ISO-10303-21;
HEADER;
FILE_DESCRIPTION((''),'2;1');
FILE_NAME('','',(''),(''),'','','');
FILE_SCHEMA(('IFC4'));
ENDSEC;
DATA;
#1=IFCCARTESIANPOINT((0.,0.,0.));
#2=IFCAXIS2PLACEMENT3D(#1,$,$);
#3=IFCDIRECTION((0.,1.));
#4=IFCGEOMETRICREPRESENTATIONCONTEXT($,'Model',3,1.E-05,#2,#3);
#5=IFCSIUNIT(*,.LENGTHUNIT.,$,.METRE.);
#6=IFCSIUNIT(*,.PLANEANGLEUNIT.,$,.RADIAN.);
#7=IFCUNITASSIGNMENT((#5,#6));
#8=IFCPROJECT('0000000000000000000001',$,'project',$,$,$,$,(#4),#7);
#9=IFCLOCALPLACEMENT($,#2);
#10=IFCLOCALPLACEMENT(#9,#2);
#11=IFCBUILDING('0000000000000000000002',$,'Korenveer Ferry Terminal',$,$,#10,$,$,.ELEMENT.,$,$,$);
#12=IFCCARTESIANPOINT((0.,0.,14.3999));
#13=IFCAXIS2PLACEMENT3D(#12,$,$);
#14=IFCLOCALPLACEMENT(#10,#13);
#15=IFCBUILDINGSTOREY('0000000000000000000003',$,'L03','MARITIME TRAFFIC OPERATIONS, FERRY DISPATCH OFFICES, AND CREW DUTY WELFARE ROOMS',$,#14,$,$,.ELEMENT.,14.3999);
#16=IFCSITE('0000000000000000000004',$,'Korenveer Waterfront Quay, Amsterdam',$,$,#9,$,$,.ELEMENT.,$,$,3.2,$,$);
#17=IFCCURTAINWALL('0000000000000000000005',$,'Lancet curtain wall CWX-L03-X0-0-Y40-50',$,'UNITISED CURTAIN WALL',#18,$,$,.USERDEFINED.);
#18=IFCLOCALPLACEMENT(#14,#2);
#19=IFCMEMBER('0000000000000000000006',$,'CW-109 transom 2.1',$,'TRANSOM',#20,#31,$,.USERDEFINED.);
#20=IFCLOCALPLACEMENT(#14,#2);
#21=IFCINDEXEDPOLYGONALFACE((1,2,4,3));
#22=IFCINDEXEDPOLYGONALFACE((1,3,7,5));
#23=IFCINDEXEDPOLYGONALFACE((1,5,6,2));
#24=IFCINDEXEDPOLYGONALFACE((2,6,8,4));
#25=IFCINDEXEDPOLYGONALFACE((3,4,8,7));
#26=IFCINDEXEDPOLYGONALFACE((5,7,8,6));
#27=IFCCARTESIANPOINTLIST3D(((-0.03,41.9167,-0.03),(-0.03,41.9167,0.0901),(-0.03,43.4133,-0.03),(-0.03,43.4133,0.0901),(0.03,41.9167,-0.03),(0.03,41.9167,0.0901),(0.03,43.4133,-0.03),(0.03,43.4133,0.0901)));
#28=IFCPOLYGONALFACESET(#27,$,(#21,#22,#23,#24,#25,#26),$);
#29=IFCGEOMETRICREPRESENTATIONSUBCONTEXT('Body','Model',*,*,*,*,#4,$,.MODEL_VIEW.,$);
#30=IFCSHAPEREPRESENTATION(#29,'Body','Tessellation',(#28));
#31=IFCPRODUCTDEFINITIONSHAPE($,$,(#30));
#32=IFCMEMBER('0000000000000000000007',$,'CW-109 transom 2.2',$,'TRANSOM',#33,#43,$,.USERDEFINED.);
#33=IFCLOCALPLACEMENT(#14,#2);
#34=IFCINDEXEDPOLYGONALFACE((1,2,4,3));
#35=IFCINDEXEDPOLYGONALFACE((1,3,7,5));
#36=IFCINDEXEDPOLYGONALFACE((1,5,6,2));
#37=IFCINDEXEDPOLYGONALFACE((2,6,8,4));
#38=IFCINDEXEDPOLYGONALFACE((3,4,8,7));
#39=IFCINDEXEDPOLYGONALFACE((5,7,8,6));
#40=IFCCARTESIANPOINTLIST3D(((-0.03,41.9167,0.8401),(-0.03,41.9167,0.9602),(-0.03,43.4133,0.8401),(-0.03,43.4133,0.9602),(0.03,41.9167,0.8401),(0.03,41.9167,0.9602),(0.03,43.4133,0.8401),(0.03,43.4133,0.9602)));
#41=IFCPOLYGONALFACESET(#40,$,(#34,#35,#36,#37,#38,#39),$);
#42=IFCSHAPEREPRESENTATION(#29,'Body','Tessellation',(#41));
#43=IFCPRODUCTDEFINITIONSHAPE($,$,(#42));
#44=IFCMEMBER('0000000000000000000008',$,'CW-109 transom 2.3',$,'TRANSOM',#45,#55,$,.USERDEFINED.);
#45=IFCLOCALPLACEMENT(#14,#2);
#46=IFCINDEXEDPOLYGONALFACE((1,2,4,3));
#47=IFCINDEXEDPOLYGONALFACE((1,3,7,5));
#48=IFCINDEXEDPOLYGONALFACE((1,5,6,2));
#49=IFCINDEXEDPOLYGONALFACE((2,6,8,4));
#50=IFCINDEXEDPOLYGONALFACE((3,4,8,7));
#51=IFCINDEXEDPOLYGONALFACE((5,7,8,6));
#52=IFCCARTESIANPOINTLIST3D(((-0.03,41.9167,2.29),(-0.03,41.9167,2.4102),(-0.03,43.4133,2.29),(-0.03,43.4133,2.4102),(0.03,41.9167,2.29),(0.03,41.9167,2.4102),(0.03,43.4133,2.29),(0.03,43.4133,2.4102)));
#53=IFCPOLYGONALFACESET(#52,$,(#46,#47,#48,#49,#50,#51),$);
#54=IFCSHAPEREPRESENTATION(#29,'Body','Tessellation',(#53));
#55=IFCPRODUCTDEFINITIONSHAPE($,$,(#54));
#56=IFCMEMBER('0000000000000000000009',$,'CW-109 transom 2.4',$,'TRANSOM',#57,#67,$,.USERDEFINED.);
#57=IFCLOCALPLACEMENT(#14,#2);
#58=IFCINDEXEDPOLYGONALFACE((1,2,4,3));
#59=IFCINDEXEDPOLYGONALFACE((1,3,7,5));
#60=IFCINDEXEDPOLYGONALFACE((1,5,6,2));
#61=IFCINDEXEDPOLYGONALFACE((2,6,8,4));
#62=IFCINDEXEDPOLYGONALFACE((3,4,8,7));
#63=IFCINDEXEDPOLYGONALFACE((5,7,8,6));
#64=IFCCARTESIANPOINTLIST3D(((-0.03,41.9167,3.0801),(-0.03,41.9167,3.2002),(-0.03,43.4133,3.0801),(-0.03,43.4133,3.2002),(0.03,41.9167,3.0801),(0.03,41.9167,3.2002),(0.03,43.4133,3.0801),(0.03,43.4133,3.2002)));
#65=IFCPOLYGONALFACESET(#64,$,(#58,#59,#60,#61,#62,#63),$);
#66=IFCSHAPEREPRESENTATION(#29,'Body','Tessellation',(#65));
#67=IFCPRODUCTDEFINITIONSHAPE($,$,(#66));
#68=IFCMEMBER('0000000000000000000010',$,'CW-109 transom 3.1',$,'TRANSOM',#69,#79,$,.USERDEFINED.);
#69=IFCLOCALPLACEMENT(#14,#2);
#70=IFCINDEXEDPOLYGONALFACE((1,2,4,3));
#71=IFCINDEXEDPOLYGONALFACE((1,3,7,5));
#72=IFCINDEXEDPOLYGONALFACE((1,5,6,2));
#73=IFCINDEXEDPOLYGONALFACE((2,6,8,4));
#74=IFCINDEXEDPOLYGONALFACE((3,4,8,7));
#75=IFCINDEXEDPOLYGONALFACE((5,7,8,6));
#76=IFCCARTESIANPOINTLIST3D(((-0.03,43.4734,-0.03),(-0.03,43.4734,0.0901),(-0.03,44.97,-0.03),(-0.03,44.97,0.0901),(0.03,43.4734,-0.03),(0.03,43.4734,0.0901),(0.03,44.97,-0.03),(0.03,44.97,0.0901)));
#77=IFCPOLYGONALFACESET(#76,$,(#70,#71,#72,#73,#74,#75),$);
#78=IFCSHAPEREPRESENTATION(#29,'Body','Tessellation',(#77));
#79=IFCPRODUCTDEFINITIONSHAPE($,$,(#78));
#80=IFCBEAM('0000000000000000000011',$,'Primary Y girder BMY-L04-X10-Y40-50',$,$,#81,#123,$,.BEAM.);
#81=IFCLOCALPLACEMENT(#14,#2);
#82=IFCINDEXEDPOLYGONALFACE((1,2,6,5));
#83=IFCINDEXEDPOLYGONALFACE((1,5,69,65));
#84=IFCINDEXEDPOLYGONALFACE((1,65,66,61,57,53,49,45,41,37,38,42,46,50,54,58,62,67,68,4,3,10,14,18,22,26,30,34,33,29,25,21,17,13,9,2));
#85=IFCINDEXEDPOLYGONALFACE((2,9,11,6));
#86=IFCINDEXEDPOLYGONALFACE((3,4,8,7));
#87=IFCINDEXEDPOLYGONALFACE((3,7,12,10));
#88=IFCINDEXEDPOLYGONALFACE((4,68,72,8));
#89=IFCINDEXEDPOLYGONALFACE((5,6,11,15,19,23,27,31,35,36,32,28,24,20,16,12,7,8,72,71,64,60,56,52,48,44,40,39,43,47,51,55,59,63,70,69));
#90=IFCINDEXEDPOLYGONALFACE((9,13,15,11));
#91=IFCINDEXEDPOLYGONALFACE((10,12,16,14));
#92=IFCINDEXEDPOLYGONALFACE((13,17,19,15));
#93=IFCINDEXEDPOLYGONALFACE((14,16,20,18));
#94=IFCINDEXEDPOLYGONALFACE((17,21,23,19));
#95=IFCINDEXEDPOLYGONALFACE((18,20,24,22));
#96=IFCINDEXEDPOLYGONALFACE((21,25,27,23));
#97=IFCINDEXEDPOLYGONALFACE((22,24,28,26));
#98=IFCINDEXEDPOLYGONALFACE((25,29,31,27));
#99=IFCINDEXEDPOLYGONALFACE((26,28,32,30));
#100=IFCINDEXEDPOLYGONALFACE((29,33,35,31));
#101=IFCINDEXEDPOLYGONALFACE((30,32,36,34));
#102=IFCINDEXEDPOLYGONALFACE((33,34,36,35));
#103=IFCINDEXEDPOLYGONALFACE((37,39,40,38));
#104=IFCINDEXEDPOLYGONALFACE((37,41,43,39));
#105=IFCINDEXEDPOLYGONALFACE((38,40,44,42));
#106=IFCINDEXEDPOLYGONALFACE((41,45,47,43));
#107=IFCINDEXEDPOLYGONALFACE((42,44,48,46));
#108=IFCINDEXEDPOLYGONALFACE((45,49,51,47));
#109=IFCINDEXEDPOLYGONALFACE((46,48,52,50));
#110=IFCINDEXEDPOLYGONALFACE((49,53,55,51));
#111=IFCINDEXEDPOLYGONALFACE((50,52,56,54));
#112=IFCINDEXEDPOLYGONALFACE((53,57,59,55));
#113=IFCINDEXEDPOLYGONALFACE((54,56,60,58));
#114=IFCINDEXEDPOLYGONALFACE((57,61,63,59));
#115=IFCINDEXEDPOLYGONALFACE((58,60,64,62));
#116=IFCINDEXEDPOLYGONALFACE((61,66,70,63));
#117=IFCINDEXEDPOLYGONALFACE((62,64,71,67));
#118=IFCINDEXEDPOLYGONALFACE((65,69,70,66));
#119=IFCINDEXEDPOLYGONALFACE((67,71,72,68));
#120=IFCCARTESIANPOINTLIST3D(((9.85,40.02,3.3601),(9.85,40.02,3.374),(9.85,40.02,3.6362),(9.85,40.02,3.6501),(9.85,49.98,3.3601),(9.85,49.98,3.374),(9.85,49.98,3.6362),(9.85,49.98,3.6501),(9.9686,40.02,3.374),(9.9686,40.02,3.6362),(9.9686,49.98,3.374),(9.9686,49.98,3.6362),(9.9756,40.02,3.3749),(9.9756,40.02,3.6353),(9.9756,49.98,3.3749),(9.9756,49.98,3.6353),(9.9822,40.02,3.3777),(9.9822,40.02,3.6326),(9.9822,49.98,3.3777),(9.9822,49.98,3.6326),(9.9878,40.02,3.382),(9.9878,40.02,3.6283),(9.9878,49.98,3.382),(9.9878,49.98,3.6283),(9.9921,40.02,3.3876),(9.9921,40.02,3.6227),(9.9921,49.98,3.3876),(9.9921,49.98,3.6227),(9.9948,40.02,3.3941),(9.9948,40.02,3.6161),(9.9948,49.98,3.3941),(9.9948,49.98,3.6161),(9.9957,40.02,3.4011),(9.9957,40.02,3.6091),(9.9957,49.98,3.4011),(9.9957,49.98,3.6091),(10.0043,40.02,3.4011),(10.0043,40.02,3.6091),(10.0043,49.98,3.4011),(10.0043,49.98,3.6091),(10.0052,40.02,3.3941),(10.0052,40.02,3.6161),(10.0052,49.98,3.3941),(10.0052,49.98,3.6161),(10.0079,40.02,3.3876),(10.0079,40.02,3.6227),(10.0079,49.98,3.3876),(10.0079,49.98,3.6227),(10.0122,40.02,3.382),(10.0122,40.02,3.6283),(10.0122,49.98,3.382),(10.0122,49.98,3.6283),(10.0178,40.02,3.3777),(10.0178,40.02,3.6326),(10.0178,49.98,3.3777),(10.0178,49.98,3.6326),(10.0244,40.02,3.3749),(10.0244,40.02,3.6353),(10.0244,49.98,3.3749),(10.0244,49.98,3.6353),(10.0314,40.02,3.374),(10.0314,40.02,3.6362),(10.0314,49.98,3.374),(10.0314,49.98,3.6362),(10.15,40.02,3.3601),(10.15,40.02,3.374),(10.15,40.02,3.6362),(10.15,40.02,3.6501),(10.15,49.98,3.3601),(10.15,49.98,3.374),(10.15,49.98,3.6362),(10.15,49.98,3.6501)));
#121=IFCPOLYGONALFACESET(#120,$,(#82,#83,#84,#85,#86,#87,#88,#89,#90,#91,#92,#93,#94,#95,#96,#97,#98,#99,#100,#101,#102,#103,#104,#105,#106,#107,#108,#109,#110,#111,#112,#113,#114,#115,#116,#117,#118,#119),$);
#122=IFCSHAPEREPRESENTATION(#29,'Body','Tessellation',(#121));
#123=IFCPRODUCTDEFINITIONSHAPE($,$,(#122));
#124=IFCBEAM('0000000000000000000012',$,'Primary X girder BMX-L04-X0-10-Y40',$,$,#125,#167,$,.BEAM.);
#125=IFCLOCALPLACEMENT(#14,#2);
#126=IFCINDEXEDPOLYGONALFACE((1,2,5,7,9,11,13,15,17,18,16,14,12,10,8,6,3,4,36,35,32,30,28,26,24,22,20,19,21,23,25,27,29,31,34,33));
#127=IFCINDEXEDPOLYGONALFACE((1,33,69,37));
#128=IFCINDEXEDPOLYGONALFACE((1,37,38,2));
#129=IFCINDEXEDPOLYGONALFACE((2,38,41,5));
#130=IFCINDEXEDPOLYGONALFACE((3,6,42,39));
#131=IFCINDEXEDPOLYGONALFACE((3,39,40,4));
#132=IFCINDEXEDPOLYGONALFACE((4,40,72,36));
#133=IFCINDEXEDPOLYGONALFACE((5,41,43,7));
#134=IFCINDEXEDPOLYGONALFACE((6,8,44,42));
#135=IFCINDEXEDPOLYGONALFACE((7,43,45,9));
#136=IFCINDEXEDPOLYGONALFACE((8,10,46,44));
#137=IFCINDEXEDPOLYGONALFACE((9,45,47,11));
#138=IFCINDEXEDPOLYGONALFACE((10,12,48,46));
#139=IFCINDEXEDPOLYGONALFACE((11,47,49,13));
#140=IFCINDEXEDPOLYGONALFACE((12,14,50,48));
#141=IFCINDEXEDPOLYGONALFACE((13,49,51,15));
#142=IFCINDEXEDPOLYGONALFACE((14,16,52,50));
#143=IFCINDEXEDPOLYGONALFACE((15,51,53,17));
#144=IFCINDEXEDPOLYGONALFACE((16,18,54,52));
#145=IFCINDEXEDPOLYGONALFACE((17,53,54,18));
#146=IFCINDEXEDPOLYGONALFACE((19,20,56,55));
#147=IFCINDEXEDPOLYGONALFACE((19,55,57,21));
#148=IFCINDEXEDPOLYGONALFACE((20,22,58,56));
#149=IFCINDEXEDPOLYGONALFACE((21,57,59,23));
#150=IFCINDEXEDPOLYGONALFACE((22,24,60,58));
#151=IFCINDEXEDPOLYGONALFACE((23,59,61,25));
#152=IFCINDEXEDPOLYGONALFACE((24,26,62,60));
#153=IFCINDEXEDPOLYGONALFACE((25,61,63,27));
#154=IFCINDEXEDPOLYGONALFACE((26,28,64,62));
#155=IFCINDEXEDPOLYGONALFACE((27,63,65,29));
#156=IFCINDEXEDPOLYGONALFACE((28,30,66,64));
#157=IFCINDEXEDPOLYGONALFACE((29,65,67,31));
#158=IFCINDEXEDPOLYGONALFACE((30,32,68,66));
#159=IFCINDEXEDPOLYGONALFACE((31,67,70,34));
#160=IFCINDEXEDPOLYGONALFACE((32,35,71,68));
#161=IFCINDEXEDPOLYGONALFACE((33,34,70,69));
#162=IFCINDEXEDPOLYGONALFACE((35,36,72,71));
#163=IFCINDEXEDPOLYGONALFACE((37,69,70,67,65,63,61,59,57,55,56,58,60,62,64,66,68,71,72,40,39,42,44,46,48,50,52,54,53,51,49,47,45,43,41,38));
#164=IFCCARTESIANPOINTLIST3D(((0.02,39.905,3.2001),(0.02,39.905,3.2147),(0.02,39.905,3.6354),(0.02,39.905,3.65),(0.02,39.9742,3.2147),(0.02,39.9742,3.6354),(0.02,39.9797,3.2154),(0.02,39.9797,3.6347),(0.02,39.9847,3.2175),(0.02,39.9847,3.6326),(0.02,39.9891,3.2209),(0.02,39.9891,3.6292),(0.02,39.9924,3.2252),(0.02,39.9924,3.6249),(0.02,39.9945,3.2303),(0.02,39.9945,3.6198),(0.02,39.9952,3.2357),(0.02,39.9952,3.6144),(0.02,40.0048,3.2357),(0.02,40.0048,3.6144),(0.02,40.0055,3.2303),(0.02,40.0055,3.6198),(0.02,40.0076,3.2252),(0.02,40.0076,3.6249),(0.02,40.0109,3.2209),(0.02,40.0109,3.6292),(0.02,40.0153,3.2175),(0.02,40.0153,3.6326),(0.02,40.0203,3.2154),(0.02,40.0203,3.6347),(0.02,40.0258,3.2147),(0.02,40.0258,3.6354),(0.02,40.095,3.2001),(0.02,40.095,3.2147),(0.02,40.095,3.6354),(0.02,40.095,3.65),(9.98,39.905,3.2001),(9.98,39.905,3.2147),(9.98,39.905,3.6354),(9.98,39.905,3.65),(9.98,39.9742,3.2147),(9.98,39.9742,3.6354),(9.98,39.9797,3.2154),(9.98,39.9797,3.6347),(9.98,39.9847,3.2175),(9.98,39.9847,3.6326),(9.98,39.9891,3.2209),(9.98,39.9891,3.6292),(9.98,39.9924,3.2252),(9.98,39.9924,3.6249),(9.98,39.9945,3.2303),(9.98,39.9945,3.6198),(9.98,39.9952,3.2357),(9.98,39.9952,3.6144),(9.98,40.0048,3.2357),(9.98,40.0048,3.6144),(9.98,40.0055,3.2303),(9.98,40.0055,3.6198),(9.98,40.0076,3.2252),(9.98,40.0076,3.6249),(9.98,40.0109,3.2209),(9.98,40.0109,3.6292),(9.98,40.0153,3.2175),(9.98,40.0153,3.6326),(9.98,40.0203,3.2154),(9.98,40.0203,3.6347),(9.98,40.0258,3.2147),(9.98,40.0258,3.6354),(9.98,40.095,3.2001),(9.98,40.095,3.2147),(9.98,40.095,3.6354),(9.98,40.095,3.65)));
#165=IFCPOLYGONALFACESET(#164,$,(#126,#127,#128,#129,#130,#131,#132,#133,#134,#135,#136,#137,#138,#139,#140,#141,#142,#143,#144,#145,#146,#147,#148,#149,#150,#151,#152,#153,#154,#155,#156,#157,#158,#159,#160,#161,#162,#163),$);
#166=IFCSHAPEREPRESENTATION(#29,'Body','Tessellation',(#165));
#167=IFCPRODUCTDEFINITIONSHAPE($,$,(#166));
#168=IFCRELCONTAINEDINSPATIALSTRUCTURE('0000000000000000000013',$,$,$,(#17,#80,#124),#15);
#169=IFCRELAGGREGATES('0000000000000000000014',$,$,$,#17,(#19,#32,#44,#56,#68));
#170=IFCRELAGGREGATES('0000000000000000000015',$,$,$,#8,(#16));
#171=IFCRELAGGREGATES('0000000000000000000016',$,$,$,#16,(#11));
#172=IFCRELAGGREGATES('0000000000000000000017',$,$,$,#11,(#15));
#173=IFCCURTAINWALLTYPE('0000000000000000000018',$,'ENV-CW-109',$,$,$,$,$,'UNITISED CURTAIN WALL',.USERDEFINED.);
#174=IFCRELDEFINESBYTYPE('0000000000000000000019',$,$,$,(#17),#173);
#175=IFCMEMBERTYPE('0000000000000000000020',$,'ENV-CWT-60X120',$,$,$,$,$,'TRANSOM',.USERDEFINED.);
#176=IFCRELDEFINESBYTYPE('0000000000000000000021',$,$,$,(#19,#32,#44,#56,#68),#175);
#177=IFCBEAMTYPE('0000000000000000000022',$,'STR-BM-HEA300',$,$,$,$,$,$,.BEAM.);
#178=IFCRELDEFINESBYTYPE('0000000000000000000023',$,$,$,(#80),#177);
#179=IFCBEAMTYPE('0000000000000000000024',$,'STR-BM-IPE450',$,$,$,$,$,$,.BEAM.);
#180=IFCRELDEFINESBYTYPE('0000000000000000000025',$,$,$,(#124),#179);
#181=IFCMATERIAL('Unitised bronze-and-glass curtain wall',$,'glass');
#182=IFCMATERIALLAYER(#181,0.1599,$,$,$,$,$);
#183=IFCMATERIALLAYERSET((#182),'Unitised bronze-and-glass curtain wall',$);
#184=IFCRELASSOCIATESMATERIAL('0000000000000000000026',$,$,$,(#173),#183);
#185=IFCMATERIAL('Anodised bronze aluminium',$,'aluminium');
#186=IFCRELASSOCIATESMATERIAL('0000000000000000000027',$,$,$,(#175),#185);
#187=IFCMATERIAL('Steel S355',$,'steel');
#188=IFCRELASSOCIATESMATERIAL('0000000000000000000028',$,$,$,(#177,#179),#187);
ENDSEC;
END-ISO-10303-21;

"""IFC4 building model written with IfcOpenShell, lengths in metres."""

from ifc_helpers import new_model, si_unit, direction, frame, origin, origin_2d, place, context, subcontext, project, spatial, rectangle, i_section, extrude, material, layer, layer_set, material_profile, profile_set, type_object, element, aggregate, save


model = new_model("IFC4")

# Units and contexts
model_context = context("Model", 3, precision=1e-05, world=origin(), true_north=direction((0.0, 1.0)))
body_context = subcontext(model_context, "Body", "Model", "MODEL_VIEW")
ifc_project = project(units=[si_unit("LENGTHUNIT", "METRE"), si_unit("PLANEANGLEUNIT", "RADIAN")], contexts=[model_context])

# Site, building, storey
site_placement = place(None, origin())
site = spatial("IfcSite", under=ifc_project, at=site_placement, Name="Korenveer Waterfront Quay, Amsterdam", CompositionType="ELEMENT", RefElevation=3.2)
building_placement = place(site_placement, origin())
building = spatial("IfcBuilding", under=site, at=building_placement, Name="Korenveer Ferry Terminal", CompositionType="ELEMENT")
storey_placement = place(building_placement, frame((0.0, 0.0, 14.3999)))
storey = spatial("IfcBuildingStorey", under=building, at=storey_placement, Name="L03", Description="MARITIME TRAFFIC OPERATIONS, FERRY DISPATCH OFFICES, AND CREW DUTY WELFARE ROOMS", CompositionType="ELEMENT", Elevation=14.3999)

# Curtain wall
ifc_material_1 = material(Name="Unitised bronze-and-glass curtain wall", Category="glass")
ifc_material_2 = material(Name="Anodised bronze aluminium", Category="aluminium")
ifc_layer_1 = layer(ifc_material_1, 0.1599)
ifc_layer_set_1 = layer_set([ifc_layer_1], Name="Unitised bronze-and-glass curtain wall")
curtain_wall_type_1 = type_object("IfcCurtainWallType", Name="ENV-CW-109", ElementType="UNITISED CURTAIN WALL", PredefinedType="USERDEFINED", material=ifc_layer_set_1)
curtain_wall_1_placement = place(storey_placement, frame((0.0, 40.3301, 0.0)))
curtain_wall_1 = element("IfcCurtainWall", 1, at=curtain_wall_1_placement, inside=storey, type_object=curtain_wall_type_1, Name="Lancet curtain wall CWX-L03-X0-0-Y40-50", ObjectType="UNITISED CURTAIN WALL", PredefinedType="USERDEFINED")

# Members
ifc_material_profile_1 = material_profile(ifc_material_2, rectangle(XDim=0.0601, YDim=0.1201, at=origin_2d()), Name="ALU 60x120")
ifc_profile_set_1 = profile_set([ifc_material_profile_1], Name="Anodised bronze aluminium")
member_type_1 = type_object("IfcMemberType", Name="ENV-CWT-60X120", ElementType="TRANSOM", PredefinedType="USERDEFINED", material=ifc_profile_set_1)
member_1_placement = place(storey_placement, frame((0.0, 41.9167, 0.03), z_axis=(0.0, 1.0, 0.0), x_axis=(-1.0, 0.0, 0.0)))
member_1 = element("IfcMember", 2, at=member_1_placement, type_object=member_type_1, Name="CW-109 transom 2.1", ObjectType="TRANSOM", PredefinedType="USERDEFINED", context=body_context, shape_type="SweptSolid", body=[
    extrude(rectangle(XDim=0.0601, YDim=0.1201, at=origin_2d()), origin(), (0.0, 0.0, 1.0), 1.4966),
])
member_2_placement = place(storey_placement, frame((0.0, 41.9167, 0.9001), z_axis=(0.0, 1.0, 0.0), x_axis=(-1.0, 0.0, 0.0)))
member_2 = element("IfcMember", 3, at=member_2_placement, type_object=member_type_1, Name="CW-109 transom 2.2", ObjectType="TRANSOM", PredefinedType="USERDEFINED", context=body_context, shape_type="SweptSolid", body=[
    extrude(rectangle(XDim=0.0601, YDim=0.1201, at=origin_2d()), origin(), (0.0, 0.0, 1.0), 1.4966),
])
member_3_placement = place(storey_placement, frame((0.0, 41.9167, 2.3501), z_axis=(0.0, 1.0, 0.0), x_axis=(-1.0, 0.0, 0.0)))
member_3 = element("IfcMember", 4, at=member_3_placement, type_object=member_type_1, Name="CW-109 transom 2.3", ObjectType="TRANSOM", PredefinedType="USERDEFINED", context=body_context, shape_type="SweptSolid", body=[
    extrude(rectangle(XDim=0.0601, YDim=0.1201, at=origin_2d()), origin(), (0.0, 0.0, 1.0), 1.4966),
])
member_4_placement = place(storey_placement, frame((0.0, 41.9167, 3.1401), z_axis=(0.0, 1.0, 0.0), x_axis=(-1.0, 0.0, 0.0)))
member_4 = element("IfcMember", 5, at=member_4_placement, type_object=member_type_1, Name="CW-109 transom 2.4", ObjectType="TRANSOM", PredefinedType="USERDEFINED", context=body_context, shape_type="SweptSolid", body=[
    extrude(rectangle(XDim=0.0601, YDim=0.1201, at=origin_2d()), origin(), (0.0, 0.0, 1.0), 1.4966),
])
member_5_placement = place(storey_placement, frame((0.0, 43.4734, 0.03), z_axis=(0.0, 1.0, 0.0), x_axis=(-1.0, 0.0, 0.0)))
member_5 = element("IfcMember", 6, at=member_5_placement, type_object=member_type_1, Name="CW-109 transom 3.1", ObjectType="TRANSOM", PredefinedType="USERDEFINED", context=body_context, shape_type="SweptSolid", body=[
    extrude(rectangle(XDim=0.0601, YDim=0.1201, at=origin_2d()), origin(), (0.0, 0.0, 1.0), 1.4966),
])

# Beams
ifc_material_3 = material(Name="Steel S355", Category="steel")
ifc_material_profile_2 = material_profile(ifc_material_3, i_section(OverallWidth=0.3, OverallDepth=0.29, WebThickness=0.0085, FlangeThickness=0.0139, FilletRadius=0.0271, at=origin_2d()), Name="HEA 300")
ifc_profile_set_2 = profile_set([ifc_material_profile_2], Name="Steel S355")
beam_type_1 = type_object("IfcBeamType", Name="STR-BM-HEA300", PredefinedType="BEAM", material=ifc_profile_set_2)
beam_1_placement = place(storey_placement, frame((10.0, 40.02, 3.5051), z_axis=(0.0, 1.0, 0.0), x_axis=(-1.0, 0.0, 0.0)))
element("IfcBeam", 7, at=beam_1_placement, inside=storey, type_object=beam_type_1, Name="Primary Y girder BMY-L04-X10-Y40-50", PredefinedType="BEAM", context=body_context, shape_type="SweptSolid", body=[
    extrude(i_section(OverallWidth=0.3, OverallDepth=0.29, WebThickness=0.0085, FlangeThickness=0.0139, FilletRadius=0.0271, at=origin_2d()), origin(), (0.0, 0.0, 1.0), 9.96),
])
ifc_material_profile_3 = material_profile(ifc_material_3, i_section(OverallWidth=0.1899, OverallDepth=0.45, WebThickness=0.0095, FlangeThickness=0.0146, FilletRadius=0.021, at=origin_2d()), Name="IPE 450")
ifc_profile_set_3 = profile_set([ifc_material_profile_3], Name="Steel S355")
beam_type_2 = type_object("IfcBeamType", Name="STR-BM-IPE450", PredefinedType="BEAM", material=ifc_profile_set_3)
for number, where, z_axis, x_axis, name in (
    (8, (0.02, 40.0, 3.425), (1.0, 0.0, 0.0), (0.0, 1.0, 0.0), "Primary X girder BMX-L04-X0-10-Y40"),
):
    element("IfcBeam", number, at=place(storey_placement, frame(where, z_axis=z_axis, x_axis=x_axis)), inside=storey, type_object=beam_type_2, Name=name, PredefinedType="BEAM", context=body_context, shape_type="SweptSolid", body=[
        extrude(i_section(OverallWidth=0.1899, OverallDepth=0.45, WebThickness=0.0095, FlangeThickness=0.0146, FilletRadius=0.021, at=origin_2d()), origin(), (0.0, 0.0, 1.0), 9.96),
    ])

aggregate(curtain_wall_1, [member_1, member_2, member_3, member_4, member_5])

save(model, "model.ifc")
